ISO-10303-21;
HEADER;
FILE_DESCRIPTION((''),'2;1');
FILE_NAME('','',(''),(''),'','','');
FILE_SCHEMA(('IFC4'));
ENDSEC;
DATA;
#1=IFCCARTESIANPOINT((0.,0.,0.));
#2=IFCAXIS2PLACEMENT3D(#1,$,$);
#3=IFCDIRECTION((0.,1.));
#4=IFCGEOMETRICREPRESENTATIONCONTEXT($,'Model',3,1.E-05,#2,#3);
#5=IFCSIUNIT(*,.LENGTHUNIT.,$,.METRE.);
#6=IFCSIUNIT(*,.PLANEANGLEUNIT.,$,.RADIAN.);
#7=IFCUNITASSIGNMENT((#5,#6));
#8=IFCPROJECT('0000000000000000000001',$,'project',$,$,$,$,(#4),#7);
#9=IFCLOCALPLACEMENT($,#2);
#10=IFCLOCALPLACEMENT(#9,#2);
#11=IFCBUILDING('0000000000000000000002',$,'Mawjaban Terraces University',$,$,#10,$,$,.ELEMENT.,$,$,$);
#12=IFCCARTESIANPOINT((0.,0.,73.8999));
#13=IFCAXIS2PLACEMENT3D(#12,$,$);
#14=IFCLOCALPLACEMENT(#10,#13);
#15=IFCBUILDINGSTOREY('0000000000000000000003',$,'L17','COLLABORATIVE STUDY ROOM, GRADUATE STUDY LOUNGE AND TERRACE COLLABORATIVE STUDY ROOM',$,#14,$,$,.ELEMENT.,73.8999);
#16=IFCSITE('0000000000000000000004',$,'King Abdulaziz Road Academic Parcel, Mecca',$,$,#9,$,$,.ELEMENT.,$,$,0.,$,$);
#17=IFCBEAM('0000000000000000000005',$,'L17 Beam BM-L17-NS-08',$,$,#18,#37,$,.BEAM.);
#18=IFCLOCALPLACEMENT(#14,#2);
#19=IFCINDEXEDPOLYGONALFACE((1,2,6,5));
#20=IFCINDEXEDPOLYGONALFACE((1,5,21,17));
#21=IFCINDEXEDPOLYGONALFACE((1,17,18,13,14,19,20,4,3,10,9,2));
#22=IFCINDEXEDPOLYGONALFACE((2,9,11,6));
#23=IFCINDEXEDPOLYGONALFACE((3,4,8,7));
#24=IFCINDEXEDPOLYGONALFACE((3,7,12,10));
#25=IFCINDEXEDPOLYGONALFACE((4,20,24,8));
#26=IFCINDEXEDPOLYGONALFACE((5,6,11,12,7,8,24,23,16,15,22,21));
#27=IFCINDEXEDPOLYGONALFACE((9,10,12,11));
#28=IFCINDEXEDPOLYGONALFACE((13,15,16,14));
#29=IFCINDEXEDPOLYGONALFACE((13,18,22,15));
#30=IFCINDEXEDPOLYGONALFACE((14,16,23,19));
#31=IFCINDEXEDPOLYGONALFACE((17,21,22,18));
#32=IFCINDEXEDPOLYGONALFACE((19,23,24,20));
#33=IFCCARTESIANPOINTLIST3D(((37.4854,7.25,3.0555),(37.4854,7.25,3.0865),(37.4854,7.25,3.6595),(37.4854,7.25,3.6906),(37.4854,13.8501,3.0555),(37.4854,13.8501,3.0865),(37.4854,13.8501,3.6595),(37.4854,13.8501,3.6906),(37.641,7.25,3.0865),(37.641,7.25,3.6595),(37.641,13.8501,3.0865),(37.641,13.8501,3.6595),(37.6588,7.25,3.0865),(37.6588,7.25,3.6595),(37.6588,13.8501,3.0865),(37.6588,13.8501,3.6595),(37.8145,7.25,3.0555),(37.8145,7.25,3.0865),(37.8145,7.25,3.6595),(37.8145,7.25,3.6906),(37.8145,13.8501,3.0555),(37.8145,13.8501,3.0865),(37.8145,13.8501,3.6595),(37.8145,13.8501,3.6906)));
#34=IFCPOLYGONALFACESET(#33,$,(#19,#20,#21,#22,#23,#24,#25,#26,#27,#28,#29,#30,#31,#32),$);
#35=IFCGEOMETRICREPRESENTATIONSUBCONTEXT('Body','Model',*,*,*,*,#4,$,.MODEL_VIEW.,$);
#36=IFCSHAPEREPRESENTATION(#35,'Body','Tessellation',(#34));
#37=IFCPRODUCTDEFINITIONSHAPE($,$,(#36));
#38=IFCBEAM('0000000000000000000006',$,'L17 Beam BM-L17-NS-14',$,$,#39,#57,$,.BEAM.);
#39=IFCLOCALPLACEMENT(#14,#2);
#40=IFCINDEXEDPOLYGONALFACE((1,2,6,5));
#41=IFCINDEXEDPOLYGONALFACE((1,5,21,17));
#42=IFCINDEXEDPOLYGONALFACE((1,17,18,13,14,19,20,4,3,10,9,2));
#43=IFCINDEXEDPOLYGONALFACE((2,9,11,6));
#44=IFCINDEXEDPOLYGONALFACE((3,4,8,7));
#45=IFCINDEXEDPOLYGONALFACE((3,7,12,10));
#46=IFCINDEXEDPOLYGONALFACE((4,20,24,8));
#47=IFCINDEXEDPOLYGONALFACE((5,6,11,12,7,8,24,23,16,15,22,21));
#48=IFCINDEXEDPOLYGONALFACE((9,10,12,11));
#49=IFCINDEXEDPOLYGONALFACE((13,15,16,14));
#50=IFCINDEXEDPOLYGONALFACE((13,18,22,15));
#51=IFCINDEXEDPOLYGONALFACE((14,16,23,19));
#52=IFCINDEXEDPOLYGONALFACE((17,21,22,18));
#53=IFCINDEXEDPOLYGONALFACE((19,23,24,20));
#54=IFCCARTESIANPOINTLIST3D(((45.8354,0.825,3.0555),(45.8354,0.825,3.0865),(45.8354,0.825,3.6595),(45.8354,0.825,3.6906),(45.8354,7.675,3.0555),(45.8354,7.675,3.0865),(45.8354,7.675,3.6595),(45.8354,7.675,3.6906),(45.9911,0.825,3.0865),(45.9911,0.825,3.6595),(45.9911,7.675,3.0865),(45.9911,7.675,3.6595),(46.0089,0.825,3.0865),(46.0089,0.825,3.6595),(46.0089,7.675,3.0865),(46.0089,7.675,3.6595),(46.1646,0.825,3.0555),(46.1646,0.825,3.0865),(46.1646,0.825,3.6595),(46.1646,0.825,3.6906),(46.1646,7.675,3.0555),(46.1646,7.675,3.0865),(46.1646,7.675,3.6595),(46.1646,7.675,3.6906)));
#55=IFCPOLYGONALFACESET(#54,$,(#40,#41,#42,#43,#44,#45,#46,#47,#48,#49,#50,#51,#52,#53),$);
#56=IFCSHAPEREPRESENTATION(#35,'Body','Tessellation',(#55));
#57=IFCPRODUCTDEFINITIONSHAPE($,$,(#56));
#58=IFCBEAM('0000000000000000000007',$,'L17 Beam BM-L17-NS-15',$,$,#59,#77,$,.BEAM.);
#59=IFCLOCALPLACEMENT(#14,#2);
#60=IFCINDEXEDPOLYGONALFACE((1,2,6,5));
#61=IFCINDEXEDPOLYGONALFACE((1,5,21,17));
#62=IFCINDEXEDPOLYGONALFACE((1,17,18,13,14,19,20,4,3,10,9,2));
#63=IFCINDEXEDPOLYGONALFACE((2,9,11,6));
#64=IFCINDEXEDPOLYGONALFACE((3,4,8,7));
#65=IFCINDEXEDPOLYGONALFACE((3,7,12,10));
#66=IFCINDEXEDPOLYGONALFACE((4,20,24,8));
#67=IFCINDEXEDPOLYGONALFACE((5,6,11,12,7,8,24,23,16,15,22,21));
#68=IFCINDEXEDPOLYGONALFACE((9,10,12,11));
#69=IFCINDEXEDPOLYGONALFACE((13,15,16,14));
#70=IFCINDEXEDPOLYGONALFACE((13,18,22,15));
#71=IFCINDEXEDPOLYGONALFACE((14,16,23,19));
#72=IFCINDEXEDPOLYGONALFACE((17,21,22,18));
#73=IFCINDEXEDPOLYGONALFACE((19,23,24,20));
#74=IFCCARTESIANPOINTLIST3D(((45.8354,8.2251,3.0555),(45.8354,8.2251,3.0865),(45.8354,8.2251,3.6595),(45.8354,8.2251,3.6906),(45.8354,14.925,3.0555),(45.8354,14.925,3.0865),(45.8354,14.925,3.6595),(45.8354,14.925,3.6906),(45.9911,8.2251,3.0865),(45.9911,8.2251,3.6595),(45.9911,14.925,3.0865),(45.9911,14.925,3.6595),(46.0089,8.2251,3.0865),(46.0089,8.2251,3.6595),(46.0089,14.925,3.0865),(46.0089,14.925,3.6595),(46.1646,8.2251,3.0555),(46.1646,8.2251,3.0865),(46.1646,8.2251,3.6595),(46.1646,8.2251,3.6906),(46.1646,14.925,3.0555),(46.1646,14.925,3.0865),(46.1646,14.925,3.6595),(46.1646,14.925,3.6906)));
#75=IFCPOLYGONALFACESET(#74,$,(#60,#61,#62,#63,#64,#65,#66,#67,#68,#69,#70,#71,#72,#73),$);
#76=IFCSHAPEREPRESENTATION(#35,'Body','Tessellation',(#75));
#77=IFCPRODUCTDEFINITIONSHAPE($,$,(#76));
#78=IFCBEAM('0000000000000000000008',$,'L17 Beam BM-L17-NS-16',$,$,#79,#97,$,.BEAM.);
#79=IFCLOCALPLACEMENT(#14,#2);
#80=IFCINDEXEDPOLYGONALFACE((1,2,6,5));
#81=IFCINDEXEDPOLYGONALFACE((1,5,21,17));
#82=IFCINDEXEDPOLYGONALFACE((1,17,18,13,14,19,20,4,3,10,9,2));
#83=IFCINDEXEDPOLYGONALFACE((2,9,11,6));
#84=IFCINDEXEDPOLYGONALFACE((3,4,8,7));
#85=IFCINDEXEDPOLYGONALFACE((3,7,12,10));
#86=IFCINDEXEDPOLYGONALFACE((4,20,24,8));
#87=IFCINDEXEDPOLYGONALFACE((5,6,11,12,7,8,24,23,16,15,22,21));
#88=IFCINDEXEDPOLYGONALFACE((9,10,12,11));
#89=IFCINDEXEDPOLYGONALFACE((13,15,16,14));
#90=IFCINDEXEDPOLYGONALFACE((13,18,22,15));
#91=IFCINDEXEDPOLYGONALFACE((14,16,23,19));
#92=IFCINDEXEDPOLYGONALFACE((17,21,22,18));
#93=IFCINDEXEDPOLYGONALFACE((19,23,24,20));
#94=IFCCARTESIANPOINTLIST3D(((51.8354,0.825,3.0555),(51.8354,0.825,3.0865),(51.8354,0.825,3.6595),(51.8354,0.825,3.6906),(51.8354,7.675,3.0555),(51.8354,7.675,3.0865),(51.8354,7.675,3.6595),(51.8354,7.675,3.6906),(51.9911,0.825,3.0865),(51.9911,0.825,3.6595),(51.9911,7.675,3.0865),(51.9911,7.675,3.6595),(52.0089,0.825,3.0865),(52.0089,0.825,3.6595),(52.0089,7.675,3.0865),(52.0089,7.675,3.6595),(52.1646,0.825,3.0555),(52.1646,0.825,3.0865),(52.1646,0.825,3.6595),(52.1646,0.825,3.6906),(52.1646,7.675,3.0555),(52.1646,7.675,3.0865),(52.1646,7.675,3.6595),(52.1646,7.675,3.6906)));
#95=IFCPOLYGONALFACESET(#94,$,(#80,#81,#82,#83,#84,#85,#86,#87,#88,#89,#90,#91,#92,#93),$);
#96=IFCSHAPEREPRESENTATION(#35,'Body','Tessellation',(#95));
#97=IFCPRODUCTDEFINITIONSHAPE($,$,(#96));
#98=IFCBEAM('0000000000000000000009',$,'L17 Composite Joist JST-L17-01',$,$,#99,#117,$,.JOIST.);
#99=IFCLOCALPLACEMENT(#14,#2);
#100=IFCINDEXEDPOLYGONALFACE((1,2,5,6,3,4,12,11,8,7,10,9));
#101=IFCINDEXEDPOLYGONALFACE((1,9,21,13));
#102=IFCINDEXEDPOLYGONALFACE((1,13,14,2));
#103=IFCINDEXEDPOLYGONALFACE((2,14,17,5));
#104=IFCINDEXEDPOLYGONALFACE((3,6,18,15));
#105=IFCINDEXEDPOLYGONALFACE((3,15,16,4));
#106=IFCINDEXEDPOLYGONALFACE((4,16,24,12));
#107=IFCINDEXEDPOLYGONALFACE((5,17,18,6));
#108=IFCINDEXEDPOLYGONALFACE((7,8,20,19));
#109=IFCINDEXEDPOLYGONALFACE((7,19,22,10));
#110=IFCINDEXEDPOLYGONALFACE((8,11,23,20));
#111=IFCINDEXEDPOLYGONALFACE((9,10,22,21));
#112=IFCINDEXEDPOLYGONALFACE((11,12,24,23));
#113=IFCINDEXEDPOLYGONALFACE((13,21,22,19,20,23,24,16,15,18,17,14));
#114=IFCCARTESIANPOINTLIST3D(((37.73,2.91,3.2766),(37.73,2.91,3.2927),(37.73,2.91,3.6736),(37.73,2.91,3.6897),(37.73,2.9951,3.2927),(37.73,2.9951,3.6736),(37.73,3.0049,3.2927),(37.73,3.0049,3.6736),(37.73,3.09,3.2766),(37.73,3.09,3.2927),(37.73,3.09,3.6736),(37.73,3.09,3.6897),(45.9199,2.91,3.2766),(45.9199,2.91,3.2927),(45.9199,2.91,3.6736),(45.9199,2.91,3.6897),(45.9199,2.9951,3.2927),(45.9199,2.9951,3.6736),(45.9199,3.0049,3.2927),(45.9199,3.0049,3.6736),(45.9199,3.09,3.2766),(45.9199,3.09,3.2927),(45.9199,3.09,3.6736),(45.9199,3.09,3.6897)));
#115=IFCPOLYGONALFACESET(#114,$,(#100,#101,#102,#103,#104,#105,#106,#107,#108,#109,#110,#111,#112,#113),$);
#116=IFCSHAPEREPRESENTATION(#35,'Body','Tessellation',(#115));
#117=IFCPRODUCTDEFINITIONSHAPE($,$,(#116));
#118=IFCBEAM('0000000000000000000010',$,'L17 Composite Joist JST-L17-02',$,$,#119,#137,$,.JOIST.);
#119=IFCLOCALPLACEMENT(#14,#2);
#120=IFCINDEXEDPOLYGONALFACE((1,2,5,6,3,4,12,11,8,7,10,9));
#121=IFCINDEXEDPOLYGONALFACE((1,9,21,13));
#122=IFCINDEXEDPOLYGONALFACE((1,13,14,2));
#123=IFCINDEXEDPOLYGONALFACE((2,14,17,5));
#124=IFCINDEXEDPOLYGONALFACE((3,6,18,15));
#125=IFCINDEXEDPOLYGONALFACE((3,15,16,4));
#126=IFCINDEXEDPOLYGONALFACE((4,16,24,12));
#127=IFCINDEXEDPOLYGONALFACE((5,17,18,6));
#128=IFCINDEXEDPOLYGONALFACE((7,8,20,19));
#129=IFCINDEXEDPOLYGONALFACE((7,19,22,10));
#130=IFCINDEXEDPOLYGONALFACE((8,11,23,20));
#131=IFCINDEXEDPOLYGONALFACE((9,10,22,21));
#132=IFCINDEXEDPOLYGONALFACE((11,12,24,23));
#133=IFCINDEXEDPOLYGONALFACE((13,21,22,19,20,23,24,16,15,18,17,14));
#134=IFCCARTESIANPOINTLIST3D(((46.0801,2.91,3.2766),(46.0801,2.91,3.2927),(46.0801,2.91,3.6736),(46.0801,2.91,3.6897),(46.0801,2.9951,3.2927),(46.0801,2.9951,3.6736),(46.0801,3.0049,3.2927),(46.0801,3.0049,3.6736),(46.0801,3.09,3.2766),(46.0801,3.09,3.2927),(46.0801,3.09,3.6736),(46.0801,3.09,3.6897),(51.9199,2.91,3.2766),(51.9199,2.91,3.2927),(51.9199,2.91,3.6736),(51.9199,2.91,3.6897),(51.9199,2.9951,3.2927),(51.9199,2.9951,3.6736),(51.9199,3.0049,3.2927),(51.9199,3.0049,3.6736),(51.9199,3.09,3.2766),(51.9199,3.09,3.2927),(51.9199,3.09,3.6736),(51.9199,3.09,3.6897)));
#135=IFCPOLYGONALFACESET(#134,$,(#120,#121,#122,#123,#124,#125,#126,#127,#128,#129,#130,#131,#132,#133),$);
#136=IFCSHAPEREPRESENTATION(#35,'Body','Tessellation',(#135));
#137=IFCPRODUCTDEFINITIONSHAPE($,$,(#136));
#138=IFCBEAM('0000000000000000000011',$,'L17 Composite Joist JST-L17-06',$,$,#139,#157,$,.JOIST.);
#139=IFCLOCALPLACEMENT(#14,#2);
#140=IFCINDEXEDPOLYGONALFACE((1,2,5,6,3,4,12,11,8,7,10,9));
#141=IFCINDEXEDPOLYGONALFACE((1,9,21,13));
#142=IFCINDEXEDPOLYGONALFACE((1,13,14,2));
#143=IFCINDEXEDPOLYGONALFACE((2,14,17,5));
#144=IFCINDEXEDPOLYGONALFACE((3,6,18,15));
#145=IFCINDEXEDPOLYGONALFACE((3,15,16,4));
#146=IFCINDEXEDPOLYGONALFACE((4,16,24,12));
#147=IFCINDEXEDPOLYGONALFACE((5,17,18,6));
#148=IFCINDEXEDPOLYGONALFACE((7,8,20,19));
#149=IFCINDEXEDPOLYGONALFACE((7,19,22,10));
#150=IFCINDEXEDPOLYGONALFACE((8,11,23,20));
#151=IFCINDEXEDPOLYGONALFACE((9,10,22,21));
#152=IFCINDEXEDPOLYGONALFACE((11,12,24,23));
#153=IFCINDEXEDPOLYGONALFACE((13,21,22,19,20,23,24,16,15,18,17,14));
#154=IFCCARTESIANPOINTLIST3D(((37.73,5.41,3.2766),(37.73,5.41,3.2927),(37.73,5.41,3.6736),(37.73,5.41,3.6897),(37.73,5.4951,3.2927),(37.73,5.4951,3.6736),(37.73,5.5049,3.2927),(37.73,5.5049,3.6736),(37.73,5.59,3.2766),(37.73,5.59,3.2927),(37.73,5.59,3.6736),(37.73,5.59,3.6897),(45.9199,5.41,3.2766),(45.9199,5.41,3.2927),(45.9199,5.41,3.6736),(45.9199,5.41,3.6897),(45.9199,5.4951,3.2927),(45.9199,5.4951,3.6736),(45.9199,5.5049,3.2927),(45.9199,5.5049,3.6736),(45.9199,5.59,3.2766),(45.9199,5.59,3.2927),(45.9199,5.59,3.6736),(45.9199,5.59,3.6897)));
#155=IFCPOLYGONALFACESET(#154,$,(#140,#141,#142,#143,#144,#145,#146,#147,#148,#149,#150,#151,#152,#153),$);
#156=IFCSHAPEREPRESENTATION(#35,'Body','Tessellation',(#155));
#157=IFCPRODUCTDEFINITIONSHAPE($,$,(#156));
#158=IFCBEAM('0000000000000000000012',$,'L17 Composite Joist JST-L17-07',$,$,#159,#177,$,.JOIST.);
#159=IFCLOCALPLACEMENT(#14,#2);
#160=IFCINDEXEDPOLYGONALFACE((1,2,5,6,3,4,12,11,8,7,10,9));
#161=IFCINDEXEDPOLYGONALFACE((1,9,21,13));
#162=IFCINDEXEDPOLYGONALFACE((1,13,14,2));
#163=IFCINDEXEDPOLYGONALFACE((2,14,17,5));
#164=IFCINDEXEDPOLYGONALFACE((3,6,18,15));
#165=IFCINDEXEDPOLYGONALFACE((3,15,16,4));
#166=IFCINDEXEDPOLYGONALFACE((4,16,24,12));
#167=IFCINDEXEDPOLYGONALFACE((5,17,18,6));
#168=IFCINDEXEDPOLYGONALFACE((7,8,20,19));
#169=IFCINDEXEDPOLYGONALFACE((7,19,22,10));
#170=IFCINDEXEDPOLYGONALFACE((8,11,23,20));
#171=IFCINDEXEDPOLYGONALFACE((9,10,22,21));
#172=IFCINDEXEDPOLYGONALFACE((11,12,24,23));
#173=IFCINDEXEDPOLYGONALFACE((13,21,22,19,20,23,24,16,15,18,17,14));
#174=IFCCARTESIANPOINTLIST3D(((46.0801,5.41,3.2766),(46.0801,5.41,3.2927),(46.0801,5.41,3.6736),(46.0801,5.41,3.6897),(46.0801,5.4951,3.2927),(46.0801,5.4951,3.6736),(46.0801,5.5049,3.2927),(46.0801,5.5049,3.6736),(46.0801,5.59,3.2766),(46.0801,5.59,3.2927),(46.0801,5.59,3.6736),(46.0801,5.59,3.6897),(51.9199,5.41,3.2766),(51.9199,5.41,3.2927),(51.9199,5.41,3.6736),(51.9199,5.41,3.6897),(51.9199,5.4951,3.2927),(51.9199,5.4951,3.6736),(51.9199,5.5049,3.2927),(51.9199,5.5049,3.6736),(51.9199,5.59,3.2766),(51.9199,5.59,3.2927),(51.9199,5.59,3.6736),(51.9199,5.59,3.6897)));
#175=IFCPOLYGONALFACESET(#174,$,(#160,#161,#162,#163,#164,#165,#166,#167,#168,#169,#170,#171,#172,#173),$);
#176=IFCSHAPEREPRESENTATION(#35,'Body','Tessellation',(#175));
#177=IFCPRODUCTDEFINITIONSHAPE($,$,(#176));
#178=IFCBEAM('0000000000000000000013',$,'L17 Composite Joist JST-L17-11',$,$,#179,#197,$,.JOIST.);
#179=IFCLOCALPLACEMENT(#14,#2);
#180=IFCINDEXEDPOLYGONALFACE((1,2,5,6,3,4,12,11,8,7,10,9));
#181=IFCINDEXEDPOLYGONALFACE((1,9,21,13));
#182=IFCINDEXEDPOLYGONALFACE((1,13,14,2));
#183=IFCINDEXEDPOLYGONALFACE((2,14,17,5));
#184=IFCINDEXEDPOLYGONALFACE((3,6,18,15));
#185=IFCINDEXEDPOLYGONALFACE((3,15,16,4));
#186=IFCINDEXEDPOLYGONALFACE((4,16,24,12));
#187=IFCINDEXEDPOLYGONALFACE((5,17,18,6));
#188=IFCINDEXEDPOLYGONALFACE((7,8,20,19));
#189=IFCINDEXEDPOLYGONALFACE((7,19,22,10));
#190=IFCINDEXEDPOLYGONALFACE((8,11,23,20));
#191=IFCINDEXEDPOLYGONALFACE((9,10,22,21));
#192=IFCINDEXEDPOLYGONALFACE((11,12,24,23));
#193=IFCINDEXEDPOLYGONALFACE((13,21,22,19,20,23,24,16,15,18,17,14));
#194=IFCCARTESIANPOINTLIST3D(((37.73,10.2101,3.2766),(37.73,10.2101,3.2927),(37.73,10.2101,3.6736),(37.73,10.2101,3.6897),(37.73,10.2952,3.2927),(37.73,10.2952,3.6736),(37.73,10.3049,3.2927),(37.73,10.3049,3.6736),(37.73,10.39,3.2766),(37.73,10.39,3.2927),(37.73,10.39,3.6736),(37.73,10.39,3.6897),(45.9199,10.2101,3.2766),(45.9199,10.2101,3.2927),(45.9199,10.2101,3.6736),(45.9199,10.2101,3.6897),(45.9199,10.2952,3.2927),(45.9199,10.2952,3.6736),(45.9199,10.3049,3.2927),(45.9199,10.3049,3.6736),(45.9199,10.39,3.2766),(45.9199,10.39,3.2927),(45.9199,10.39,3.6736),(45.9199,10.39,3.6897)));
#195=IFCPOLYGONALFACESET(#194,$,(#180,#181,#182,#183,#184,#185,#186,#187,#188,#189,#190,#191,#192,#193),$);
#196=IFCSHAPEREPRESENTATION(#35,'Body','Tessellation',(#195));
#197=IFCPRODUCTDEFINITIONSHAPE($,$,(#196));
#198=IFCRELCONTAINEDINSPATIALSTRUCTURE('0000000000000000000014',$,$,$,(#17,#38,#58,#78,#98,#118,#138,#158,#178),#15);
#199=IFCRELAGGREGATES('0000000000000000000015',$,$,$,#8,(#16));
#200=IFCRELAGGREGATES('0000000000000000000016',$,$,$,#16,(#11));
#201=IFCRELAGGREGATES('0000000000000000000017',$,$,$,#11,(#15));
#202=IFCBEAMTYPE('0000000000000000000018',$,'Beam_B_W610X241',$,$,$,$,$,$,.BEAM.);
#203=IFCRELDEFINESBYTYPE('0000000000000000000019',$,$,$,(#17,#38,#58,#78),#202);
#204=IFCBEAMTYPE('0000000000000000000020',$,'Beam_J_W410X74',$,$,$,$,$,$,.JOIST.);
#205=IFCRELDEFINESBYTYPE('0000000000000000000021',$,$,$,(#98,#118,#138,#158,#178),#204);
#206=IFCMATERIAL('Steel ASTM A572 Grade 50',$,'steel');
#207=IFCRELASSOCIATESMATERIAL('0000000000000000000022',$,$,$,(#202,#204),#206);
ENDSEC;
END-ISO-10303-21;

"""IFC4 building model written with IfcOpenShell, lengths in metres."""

from ifc_helpers import new_model, si_unit, direction, frame, origin, origin_2d, place, context, subcontext, project, spatial, i_section, extrude, material, material_profile, profile_set, type_object, element, save


model = new_model("IFC4")

# Units and contexts
model_context = context("Model", 3, precision=1e-05, world=origin(), true_north=direction((0.0, 1.0)))
body_context = subcontext(model_context, "Body", "Model", "MODEL_VIEW")
ifc_project = project(units=[si_unit("LENGTHUNIT", "METRE"), si_unit("PLANEANGLEUNIT", "RADIAN")], contexts=[model_context])

# Site, building, storey
site_placement = place(None, origin())
site = spatial("IfcSite", under=ifc_project, at=site_placement, Name="King Abdulaziz Road Academic Parcel, Mecca", CompositionType="ELEMENT", RefElevation=0.0)
building_placement = place(site_placement, origin())
building = spatial("IfcBuilding", under=site, at=building_placement, Name="Mawjaban Terraces University", CompositionType="ELEMENT")
storey_placement = place(building_placement, frame((0.0, 0.0, 73.8999)))
storey = spatial("IfcBuildingStorey", under=building, at=storey_placement, Name="L17", Description="COLLABORATIVE STUDY ROOM, GRADUATE STUDY LOUNGE AND TERRACE COLLABORATIVE STUDY ROOM", CompositionType="ELEMENT", Elevation=73.8999)

# Beams
ifc_material_1 = material(Name="Steel ASTM A572 Grade 50", Category="steel")
ifc_material_profile_1 = material_profile(ifc_material_1, i_section(OverallWidth=0.3291, OverallDepth=0.635, WebThickness=0.0178, FlangeThickness=0.031, at=origin_2d()), Name="W610X241")
ifc_profile_set_1 = profile_set([ifc_material_profile_1], Name="Steel ASTM A572 Grade 50")
beam_type_1 = type_object("IfcBeamType", Name="Beam_B_W610X241", PredefinedType="BEAM", material=ifc_profile_set_1)
beam_1_placement = place(storey_placement, frame((37.6499, 7.25, 3.373), z_axis=(0.0, 1.0, 0.0), x_axis=(-1.0, 0.0, 0.0)))
element("IfcBeam", 1, at=beam_1_placement, inside=storey, type_object=beam_type_1, Name="L17 Beam BM-L17-NS-08", PredefinedType="BEAM", context=body_context, shape_type="SweptSolid", body=[
    extrude(i_section(OverallWidth=0.3291, OverallDepth=0.635, WebThickness=0.0178, FlangeThickness=0.031, at=origin_2d()), origin(), (0.0, 0.0, 1.0), 6.6001),
])
beam_2_placement = place(storey_placement, frame((46.0, 0.825, 3.373), z_axis=(0.0, 1.0, 0.0), x_axis=(-1.0, 0.0, 0.0)))
element("IfcBeam", 2, at=beam_2_placement, inside=storey, type_object=beam_type_1, Name="L17 Beam BM-L17-NS-14", PredefinedType="BEAM", context=body_context, shape_type="SweptSolid", body=[
    extrude(i_section(OverallWidth=0.3291, OverallDepth=0.635, WebThickness=0.0178, FlangeThickness=0.031, at=origin_2d()), origin(), (0.0, 0.0, 1.0), 6.8501),
])
beam_3_placement = place(storey_placement, frame((46.0, 8.2251, 3.373), z_axis=(0.0, 1.0, 0.0), x_axis=(-1.0, 0.0, 0.0)))
element("IfcBeam", 3, at=beam_3_placement, inside=storey, type_object=beam_type_1, Name="L17 Beam BM-L17-NS-15", PredefinedType="BEAM", context=body_context, shape_type="SweptSolid", body=[
    extrude(i_section(OverallWidth=0.3291, OverallDepth=0.635, WebThickness=0.0178, FlangeThickness=0.031, at=origin_2d()), origin(), (0.0, 0.0, 1.0), 6.7),
])
beam_4_placement = place(storey_placement, frame((52.0, 0.825, 3.373), z_axis=(0.0, 1.0, 0.0), x_axis=(-1.0, 0.0, 0.0)))
element("IfcBeam", 4, at=beam_4_placement, inside=storey, type_object=beam_type_1, Name="L17 Beam BM-L17-NS-16", PredefinedType="BEAM", context=body_context, shape_type="SweptSolid", body=[
    extrude(i_section(OverallWidth=0.3291, OverallDepth=0.635, WebThickness=0.0178, FlangeThickness=0.031, at=origin_2d()), origin(), (0.0, 0.0, 1.0), 6.8501),
])
ifc_material_profile_2 = material_profile(ifc_material_1, i_section(OverallWidth=0.1799, OverallDepth=0.4131, WebThickness=0.0098, FlangeThickness=0.0161, at=origin_2d()), Name="W410X74")
ifc_profile_set_2 = profile_set([ifc_material_profile_2], Name="Steel ASTM A572 Grade 50")
beam_type_2 = type_object("IfcBeamType", Name="Beam_J_W410X74", PredefinedType="JOIST", material=ifc_profile_set_2)
beam_5_placement = place(storey_placement, frame((37.73, 3.0, 3.4832), z_axis=(1.0, 0.0, 0.0), x_axis=(0.0, 1.0, 0.0)))
element("IfcBeam", 5, at=beam_5_placement, inside=storey, type_object=beam_type_2, Name="L17 Composite Joist JST-L17-01", PredefinedType="JOIST", context=body_context, shape_type="SweptSolid", body=[
    extrude(i_section(OverallWidth=0.1799, OverallDepth=0.4131, WebThickness=0.0098, FlangeThickness=0.0161, at=origin_2d()), origin(), (0.0, 0.0, 1.0), 8.1899),
])
beam_6_placement = place(storey_placement, frame((46.0801, 3.0, 3.4832), z_axis=(1.0, 0.0, 0.0), x_axis=(0.0, 1.0, 0.0)))
element("IfcBeam", 6, at=beam_6_placement, inside=storey, type_object=beam_type_2, Name="L17 Composite Joist JST-L17-02", PredefinedType="JOIST", context=body_context, shape_type="SweptSolid", body=[
    extrude(i_section(OverallWidth=0.1799, OverallDepth=0.4131, WebThickness=0.0098, FlangeThickness=0.0161, at=origin_2d()), origin(), (0.0, 0.0, 1.0), 5.8398),
])
beam_7_placement = place(storey_placement, frame((37.73, 5.5, 3.4832), z_axis=(1.0, 0.0, 0.0), x_axis=(0.0, 1.0, 0.0)))
element("IfcBeam", 7, at=beam_7_placement, inside=storey, type_object=beam_type_2, Name="L17 Composite Joist JST-L17-06", PredefinedType="JOIST", context=body_context, shape_type="SweptSolid", body=[
    extrude(i_section(OverallWidth=0.1799, OverallDepth=0.4131, WebThickness=0.0098, FlangeThickness=0.0161, at=origin_2d()), origin(), (0.0, 0.0, 1.0), 8.1899),
])
beam_8_placement = place(storey_placement, frame((46.0801, 5.5, 3.4832), z_axis=(1.0, 0.0, 0.0), x_axis=(0.0, 1.0, 0.0)))
element("IfcBeam", 8, at=beam_8_placement, inside=storey, type_object=beam_type_2, Name="L17 Composite Joist JST-L17-07", PredefinedType="JOIST", context=body_context, shape_type="SweptSolid", body=[
    extrude(i_section(OverallWidth=0.1799, OverallDepth=0.4131, WebThickness=0.0098, FlangeThickness=0.0161, at=origin_2d()), origin(), (0.0, 0.0, 1.0), 5.8398),
])
beam_9_placement = place(storey_placement, frame((37.73, 10.3, 3.4832), z_axis=(1.0, 0.0, 0.0), x_axis=(0.0, 1.0, 0.0)))
element("IfcBeam", 9, at=beam_9_placement, inside=storey, type_object=beam_type_2, Name="L17 Composite Joist JST-L17-11", PredefinedType="JOIST", context=body_context, shape_type="SweptSolid", body=[
    extrude(i_section(OverallWidth=0.1799, OverallDepth=0.4131, WebThickness=0.0098, FlangeThickness=0.0161, at=origin_2d()), origin(), (0.0, 0.0, 1.0), 8.1899),
])

save(model, "model.ifc")
